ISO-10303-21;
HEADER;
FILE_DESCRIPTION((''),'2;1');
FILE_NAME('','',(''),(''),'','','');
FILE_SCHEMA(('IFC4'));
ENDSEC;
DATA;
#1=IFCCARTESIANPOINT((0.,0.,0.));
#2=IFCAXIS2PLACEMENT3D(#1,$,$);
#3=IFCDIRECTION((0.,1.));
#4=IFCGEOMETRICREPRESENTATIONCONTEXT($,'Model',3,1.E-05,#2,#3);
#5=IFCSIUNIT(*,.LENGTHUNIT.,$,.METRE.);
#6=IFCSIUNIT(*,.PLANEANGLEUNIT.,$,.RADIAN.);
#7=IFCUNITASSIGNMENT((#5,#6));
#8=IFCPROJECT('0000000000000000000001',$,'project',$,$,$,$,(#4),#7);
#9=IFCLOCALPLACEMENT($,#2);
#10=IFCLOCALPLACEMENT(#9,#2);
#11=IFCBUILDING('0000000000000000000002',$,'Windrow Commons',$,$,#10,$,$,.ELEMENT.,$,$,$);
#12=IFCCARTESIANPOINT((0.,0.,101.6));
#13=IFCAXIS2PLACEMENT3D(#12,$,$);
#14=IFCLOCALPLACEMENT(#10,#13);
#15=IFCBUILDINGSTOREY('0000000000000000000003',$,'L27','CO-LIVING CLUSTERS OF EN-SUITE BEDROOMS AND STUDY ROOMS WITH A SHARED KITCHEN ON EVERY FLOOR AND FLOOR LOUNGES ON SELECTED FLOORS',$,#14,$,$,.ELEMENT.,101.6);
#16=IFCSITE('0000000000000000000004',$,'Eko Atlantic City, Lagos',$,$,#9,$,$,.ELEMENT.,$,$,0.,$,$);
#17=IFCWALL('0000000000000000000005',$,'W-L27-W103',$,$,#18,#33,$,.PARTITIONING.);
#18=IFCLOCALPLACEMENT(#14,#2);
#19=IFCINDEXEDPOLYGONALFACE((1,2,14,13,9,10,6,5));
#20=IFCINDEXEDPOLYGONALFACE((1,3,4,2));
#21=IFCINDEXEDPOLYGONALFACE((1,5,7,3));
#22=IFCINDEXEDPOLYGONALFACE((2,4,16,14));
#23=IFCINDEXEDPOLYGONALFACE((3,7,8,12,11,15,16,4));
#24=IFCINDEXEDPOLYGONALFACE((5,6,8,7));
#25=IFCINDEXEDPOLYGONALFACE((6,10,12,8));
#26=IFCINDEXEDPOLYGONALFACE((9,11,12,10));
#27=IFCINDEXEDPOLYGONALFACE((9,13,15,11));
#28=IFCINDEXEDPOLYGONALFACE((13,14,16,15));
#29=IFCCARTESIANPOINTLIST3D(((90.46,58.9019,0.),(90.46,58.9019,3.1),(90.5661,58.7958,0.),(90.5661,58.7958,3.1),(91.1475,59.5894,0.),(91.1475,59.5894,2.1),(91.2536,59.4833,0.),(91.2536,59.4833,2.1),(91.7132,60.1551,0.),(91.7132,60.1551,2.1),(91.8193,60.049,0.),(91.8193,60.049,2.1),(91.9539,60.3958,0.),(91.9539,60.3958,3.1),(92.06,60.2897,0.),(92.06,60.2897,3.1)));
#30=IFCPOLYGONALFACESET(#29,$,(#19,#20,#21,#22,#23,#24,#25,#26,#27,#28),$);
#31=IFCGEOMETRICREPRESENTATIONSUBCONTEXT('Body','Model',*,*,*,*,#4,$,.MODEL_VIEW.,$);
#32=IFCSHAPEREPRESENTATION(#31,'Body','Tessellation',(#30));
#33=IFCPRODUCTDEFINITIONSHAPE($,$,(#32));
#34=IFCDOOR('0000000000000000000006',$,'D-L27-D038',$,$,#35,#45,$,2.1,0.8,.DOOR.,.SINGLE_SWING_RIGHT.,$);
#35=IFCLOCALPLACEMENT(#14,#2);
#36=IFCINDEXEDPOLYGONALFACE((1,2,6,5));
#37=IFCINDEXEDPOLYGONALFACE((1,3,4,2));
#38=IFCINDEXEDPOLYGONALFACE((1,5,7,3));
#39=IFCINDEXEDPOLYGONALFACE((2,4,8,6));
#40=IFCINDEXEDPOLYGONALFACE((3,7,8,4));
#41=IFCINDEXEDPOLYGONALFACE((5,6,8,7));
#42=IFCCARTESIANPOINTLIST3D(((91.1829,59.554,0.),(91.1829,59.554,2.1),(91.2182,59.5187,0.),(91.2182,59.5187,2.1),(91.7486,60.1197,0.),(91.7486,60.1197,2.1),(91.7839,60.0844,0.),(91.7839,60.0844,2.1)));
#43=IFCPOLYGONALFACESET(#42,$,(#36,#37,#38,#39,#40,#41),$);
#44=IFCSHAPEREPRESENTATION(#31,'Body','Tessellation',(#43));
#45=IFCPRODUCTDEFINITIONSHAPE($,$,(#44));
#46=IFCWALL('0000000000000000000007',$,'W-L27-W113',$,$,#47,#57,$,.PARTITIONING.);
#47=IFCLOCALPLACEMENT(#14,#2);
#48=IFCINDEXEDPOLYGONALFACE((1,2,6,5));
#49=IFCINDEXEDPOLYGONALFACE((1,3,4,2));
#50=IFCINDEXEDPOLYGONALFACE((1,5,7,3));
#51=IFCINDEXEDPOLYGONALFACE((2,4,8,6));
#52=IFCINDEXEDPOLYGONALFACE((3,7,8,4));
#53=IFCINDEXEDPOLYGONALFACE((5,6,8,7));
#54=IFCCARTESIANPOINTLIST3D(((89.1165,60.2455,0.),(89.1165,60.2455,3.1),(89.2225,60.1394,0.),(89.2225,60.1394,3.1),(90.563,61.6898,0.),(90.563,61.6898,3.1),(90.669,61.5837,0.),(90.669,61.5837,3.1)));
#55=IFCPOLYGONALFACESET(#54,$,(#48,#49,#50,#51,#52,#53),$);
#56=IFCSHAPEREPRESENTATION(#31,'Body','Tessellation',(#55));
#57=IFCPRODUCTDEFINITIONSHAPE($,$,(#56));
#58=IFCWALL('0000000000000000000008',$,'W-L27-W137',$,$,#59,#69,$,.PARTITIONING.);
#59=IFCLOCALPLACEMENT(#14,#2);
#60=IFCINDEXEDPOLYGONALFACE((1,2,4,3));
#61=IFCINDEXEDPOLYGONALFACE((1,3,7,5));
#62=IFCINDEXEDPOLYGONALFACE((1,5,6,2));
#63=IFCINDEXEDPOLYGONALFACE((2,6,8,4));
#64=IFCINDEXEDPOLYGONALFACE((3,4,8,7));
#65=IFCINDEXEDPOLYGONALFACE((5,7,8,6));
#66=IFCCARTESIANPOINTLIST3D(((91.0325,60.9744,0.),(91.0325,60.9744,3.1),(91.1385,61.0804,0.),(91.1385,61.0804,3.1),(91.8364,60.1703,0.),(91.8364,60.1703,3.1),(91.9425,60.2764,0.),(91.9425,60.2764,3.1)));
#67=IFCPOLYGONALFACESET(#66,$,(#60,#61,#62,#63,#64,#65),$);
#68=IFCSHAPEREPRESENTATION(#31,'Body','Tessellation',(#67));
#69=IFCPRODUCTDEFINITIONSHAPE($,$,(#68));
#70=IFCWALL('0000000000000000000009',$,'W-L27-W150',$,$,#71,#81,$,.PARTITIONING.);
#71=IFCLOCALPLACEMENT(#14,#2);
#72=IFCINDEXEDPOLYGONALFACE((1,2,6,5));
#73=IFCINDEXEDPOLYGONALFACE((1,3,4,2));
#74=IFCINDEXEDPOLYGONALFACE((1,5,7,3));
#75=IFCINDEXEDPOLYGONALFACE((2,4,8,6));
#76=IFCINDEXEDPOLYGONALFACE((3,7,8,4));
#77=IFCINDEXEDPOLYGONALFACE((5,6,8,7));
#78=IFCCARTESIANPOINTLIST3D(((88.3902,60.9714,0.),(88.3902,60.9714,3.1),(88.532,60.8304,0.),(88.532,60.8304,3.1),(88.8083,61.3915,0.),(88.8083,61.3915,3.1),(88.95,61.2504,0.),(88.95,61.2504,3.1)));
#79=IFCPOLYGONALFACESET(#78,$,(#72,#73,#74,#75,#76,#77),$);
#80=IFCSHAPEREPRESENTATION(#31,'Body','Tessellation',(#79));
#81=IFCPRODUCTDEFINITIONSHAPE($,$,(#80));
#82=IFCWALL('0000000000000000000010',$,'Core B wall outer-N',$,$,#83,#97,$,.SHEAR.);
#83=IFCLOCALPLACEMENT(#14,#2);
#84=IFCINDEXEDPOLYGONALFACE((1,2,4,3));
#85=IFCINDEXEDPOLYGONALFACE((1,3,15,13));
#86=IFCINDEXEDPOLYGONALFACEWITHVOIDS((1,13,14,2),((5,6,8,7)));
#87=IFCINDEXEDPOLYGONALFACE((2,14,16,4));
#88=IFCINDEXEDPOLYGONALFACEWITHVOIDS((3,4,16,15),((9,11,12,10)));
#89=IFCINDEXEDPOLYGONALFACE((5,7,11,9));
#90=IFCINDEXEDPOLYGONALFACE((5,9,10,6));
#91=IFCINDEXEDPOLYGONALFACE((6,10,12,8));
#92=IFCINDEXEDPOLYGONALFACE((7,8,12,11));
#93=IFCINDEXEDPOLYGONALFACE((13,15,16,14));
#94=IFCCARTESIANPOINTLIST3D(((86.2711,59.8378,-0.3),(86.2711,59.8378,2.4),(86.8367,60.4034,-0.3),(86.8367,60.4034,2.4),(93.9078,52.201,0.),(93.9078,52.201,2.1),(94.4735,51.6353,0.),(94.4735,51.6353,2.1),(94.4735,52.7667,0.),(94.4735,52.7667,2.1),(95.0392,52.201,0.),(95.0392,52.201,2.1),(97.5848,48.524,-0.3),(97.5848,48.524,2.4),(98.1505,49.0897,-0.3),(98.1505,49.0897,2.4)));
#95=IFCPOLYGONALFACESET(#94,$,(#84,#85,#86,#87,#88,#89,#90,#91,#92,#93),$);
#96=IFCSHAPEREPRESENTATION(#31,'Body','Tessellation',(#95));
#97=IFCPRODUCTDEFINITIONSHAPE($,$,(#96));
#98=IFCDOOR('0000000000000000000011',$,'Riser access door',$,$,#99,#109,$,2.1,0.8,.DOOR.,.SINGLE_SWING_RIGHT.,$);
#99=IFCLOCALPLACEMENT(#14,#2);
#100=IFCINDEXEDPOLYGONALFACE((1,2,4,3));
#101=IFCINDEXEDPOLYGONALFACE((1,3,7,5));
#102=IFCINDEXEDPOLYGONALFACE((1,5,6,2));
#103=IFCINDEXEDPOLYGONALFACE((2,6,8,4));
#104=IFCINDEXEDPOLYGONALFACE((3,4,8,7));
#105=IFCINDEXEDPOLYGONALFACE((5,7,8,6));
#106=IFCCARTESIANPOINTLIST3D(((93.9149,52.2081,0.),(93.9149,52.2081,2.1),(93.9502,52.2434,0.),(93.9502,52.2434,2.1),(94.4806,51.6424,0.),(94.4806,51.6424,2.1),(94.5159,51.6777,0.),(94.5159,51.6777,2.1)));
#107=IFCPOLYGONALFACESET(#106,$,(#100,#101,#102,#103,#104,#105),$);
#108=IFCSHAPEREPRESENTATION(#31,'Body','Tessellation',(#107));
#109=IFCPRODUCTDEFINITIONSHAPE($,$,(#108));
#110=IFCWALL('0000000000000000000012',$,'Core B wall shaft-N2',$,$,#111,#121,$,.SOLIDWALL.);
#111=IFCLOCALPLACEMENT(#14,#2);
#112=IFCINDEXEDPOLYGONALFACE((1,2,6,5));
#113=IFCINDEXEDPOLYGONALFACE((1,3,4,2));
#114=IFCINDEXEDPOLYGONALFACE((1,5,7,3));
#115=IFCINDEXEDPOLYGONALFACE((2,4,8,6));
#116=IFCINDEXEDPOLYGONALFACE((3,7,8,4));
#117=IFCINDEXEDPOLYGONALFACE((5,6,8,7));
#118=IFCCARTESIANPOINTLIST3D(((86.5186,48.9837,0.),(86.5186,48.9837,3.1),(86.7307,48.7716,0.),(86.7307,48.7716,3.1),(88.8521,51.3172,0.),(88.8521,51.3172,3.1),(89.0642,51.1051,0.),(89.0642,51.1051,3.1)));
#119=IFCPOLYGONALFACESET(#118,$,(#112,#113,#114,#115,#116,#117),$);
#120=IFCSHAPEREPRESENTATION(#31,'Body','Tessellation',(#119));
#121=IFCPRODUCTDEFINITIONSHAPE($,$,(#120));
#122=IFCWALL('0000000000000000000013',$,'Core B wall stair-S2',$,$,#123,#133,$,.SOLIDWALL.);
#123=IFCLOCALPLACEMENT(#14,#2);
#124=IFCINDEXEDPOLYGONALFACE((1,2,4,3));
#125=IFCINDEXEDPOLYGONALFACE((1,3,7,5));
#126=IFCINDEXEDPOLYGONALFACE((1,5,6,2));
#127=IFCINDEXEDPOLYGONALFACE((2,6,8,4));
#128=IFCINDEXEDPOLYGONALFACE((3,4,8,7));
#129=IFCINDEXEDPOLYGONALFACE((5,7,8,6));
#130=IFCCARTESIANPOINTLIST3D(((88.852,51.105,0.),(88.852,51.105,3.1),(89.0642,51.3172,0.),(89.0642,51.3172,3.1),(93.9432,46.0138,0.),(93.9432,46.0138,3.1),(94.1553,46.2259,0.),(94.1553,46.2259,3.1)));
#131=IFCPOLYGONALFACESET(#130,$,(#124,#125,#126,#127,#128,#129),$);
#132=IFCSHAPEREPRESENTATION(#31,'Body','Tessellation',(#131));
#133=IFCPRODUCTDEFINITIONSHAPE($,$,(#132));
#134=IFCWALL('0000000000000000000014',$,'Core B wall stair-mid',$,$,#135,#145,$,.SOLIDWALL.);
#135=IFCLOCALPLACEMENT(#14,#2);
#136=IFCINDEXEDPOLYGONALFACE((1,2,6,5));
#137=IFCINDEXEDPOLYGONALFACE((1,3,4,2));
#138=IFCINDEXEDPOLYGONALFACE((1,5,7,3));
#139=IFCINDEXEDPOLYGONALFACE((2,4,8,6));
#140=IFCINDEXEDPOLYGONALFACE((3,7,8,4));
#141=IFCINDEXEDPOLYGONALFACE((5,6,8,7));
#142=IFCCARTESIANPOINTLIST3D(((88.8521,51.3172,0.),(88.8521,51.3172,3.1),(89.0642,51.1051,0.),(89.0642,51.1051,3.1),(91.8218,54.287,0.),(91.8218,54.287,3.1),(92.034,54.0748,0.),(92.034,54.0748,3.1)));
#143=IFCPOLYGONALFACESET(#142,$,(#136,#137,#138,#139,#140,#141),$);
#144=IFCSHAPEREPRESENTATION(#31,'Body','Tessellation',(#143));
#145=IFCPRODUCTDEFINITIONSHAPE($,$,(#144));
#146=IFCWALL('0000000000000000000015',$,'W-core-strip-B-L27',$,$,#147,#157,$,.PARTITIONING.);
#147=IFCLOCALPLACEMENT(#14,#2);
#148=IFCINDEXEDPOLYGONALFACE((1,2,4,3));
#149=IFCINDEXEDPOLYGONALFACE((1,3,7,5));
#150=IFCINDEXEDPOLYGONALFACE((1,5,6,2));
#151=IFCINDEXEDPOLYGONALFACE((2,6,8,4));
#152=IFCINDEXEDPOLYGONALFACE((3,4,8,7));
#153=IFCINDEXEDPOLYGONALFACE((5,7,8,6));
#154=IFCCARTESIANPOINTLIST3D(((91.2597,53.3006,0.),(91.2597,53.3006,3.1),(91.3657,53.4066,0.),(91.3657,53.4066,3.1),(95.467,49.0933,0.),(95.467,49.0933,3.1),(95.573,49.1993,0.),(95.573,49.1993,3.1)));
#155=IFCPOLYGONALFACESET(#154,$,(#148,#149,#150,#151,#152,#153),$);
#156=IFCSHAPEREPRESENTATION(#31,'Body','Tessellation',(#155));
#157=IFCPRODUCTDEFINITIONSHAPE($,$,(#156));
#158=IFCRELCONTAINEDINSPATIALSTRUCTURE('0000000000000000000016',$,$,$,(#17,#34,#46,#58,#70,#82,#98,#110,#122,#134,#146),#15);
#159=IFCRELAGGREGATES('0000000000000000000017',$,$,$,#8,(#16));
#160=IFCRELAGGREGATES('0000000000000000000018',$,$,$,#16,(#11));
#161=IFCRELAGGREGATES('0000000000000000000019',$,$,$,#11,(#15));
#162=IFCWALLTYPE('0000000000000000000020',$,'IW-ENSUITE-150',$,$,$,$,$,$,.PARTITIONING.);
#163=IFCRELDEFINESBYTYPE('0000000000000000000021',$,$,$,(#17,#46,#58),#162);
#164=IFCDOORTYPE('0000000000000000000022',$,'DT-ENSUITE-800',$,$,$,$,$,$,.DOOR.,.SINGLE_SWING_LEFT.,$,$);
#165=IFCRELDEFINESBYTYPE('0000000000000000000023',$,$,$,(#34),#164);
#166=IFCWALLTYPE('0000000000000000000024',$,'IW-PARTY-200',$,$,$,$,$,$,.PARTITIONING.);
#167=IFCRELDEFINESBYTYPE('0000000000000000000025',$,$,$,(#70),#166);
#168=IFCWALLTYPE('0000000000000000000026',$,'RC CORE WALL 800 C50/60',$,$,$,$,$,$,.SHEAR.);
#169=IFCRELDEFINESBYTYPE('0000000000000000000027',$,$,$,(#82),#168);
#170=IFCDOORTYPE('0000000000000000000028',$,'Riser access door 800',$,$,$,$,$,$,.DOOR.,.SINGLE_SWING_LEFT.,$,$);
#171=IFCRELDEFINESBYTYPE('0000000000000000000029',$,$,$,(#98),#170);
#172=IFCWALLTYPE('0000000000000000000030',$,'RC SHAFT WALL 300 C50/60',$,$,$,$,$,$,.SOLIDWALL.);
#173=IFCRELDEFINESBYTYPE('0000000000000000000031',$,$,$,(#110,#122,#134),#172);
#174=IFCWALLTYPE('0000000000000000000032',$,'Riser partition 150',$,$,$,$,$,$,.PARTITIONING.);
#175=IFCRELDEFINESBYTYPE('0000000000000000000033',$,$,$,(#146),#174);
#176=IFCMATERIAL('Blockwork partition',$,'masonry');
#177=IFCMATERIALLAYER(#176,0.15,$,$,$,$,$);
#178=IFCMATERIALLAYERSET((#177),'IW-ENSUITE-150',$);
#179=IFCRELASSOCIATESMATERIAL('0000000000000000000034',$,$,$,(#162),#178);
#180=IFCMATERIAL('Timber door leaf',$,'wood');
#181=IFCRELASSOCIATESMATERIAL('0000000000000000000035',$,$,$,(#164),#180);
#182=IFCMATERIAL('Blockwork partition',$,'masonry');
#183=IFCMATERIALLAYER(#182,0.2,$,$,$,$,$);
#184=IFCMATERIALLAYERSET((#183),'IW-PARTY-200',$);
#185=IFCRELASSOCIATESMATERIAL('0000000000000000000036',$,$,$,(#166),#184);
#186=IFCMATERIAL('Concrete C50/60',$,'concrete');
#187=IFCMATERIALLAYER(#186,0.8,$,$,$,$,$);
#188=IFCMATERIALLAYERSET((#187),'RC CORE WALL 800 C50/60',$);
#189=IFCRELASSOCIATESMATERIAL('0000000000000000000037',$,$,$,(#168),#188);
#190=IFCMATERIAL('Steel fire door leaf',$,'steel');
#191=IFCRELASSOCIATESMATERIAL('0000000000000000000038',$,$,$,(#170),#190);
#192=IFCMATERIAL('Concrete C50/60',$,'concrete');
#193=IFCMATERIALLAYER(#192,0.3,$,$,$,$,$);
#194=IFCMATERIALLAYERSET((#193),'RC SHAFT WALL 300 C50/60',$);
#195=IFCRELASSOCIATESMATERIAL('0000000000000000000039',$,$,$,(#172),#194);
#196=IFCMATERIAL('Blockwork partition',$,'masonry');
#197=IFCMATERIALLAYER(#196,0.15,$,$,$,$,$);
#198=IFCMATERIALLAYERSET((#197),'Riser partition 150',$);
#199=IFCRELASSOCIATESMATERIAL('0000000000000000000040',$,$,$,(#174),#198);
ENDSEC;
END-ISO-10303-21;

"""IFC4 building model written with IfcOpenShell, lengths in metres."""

from ifc_helpers import new_model, si_unit, direction, frame, frame_2d, origin, place, context, subcontext, project, spatial, rectangle, extrude, material, layer, layer_set, type_object, element, fill, save


model = new_model("IFC4")

# Units and contexts
model_context = context("Model", 3, precision=1e-05, world=origin(), true_north=direction((0.0, 1.0)))
body_context = subcontext(model_context, "Body", "Model", "MODEL_VIEW")
ifc_project = project(units=[si_unit("LENGTHUNIT", "METRE"), si_unit("PLANEANGLEUNIT", "RADIAN")], contexts=[model_context])

# Site, building, storey
site_placement = place(None, origin())
site = spatial("IfcSite", under=ifc_project, at=site_placement, Name="Eko Atlantic City, Lagos", CompositionType="ELEMENT", RefElevation=0.0)
building_placement = place(site_placement, origin())
building = spatial("IfcBuilding", under=site, at=building_placement, Name="Windrow Commons", CompositionType="ELEMENT")
storey_placement = place(building_placement, frame((0.0, 0.0, 101.6)))
storey = spatial("IfcBuildingStorey", under=building, at=storey_placement, Name="L27", Description="CO-LIVING CLUSTERS OF EN-SUITE BEDROOMS AND STUDY ROOMS WITH A SHARED KITCHEN ON EVERY FLOOR AND FLOOR LOUNGES ON SELECTED FLOORS", CompositionType="ELEMENT", Elevation=101.6)

# Wall, opening, door
ifc_material_1 = material(Name="Blockwork partition", Category="masonry")
ifc_layer_1 = layer(ifc_material_1, 0.15)
ifc_layer_set_1 = layer_set([ifc_layer_1], Name="IW-ENSUITE-150")
wall_type_1 = type_object("IfcWallType", Name="IW-ENSUITE-150", PredefinedType="PARTITIONING", material=ifc_layer_set_1)
wall_1_placement = place(storey_placement, frame((90.5131, 58.8489, 0.0), z_axis=(0.0, 0.0, 1.0), x_axis=(0.707107, 0.707107, 0.0)))
wall_1 = element("IfcWall", 1, at=wall_1_placement, inside=storey, type_object=wall_type_1, Name="W-L27-W103", PredefinedType="PARTITIONING", context=body_context, shape_type="SweptSolid", body=[
    extrude(rectangle(XDim=2.1127, YDim=0.15, at=frame_2d((1.0563, 0.0))), origin(), (0.0, 0.0, 1.0), 3.1),
])
opening_1_placement = place(wall_1_placement, frame((0.9722, 0.0, 0.0)))
opening_1 = element("IfcOpeningElement", 2, at=opening_1_placement, cuts=wall_1, PredefinedType="OPENING", context=body_context, shape_type="SweptSolid", body=[
    extrude(rectangle(XDim=0.8, YDim=2.1, at=frame_2d((0.4, 1.05))), frame((0.0, 0.085, 0.0), z_axis=(0.0, -1.0, 0.0), x_axis=(1.0, 0.0, 0.0)), (0.0, 0.0, 1.0), 0.17),
])
ifc_material_2 = material(Name="Timber door leaf", Category="wood")
door_type_1 = type_object("IfcDoorType", Name="DT-ENSUITE-800", OperationType="SINGLE_SWING_LEFT", PredefinedType="DOOR", material=ifc_material_2)
door_1_placement = place(opening_1_placement, origin())
door_1 = element("IfcDoor", 3, at=door_1_placement, inside=storey, type_object=door_type_1, Name="D-L27-D038", OperationType="SINGLE_SWING_RIGHT", OverallHeight=2.1, OverallWidth=0.8, PredefinedType="DOOR", context=body_context, shape_type="SweptSolid", body=[
    extrude(rectangle(XDim=0.8, YDim=2.1, at=frame_2d((0.4, 1.05))), frame((0.0, 0.025, 0.0), z_axis=(0.0, -1.0, 0.0), x_axis=(1.0, 0.0, 0.0)), (0.0, 0.0, 1.0), 0.05),
])
fill(opening_1, door_1)

# Walls
wall_2_placement = place(storey_placement, frame((89.1695, 60.1925, 0.0), z_axis=(0.0, 0.0, 1.0), x_axis=(0.707645, 0.706568, 0.0)))
element("IfcWall", 4, at=wall_2_placement, inside=storey, type_object=wall_type_1, Name="W-L27-W113", PredefinedType="PARTITIONING", context=body_context, shape_type="SweptSolid", body=[
    extrude(rectangle(XDim=2.0441, YDim=0.15, at=frame_2d((1.022, 0.0))), origin(), (0.0, 0.0, 1.0), 3.1),
])
wall_3_placement = place(storey_placement, frame((91.0855, 61.0274, 0.0), z_axis=(0.0, 0.0, 1.0), x_axis=(0.707063, -0.707151, 0.0)))
element("IfcWall", 5, at=wall_3_placement, inside=storey, type_object=wall_type_1, Name="W-L27-W137", PredefinedType="PARTITIONING", context=body_context, shape_type="SweptSolid", body=[
    extrude(rectangle(XDim=1.137, YDim=0.15, at=frame_2d((0.5685, 0.0))), origin(), (0.0, 0.0, 1.0), 3.1),
])
ifc_material_3 = material(Name="Blockwork partition", Category="masonry")
ifc_layer_2 = layer(ifc_material_3, 0.2)
ifc_layer_set_2 = layer_set([ifc_layer_2], Name="IW-PARTY-200")
wall_type_2 = type_object("IfcWallType", Name="IW-PARTY-200", PredefinedType="PARTITIONING", material=ifc_layer_set_2)
wall_4_placement = place(storey_placement, frame((88.4611, 60.9009, 0.0), z_axis=(0.0, 0.0, 1.0), x_axis=(0.705417, 0.708792, 0.0)))
element("IfcWall", 6, at=wall_4_placement, inside=storey, type_object=wall_type_2, Name="W-L27-W150", PredefinedType="PARTITIONING", context=body_context, shape_type="SweptSolid", body=[
    extrude(rectangle(XDim=0.5926, YDim=0.2, at=frame_2d((0.2963, 0.0))), origin(), (0.0, 0.0, 1.0), 3.1),
])

# Wall, opening, door
ifc_material_4 = material(Name="Concrete C50/60", Category="concrete")
ifc_layer_3 = layer(ifc_material_4, 0.8)
ifc_layer_set_3 = layer_set([ifc_layer_3], Name="RC CORE WALL 800 C50/60")
wall_type_3 = type_object("IfcWallType", Name="RC CORE WALL 800 C50/60", PredefinedType="SHEAR", material=ifc_layer_set_3)
wall_5_placement = place(storey_placement, frame((86.5539, 60.1206, -0.3), z_axis=(0.0, 0.0, 1.0), x_axis=(0.707107, -0.707107, 0.0)))
wall_5 = element("IfcWall", 7, at=wall_5_placement, inside=storey, type_object=wall_type_3, Name="Core B wall outer-N", PredefinedType="SHEAR", context=body_context, shape_type="SweptSolid", body=[
    extrude(rectangle(XDim=16.0, YDim=0.8, at=frame_2d((8.0, 0.0))), origin(), (0.0, 0.0, 1.0), 2.7),
])
opening_2_placement = place(wall_5_placement, frame((10.8, 0.0, 0.3)))
opening_2 = element("IfcOpeningElement", 8, at=opening_2_placement, cuts=wall_5, PredefinedType="OPENING", context=body_context, shape_type="SweptSolid", body=[
    extrude(rectangle(XDim=0.8, YDim=2.1, at=frame_2d((0.4, 1.05))), frame((0.0, 0.41, 0.0), z_axis=(0.0, -1.0, 0.0), x_axis=(1.0, 0.0, 0.0)), (0.0, 0.0, 1.0), 0.82),
])
ifc_material_5 = material(Name="Steel fire door leaf", Category="steel")
door_type_2 = type_object("IfcDoorType", Name="Riser access door 800", OperationType="SINGLE_SWING_LEFT", PredefinedType="DOOR", material=ifc_material_5)
door_2_placement = place(opening_2_placement, origin())
door_2 = element("IfcDoor", 9, at=door_2_placement, inside=storey, type_object=door_type_2, Name="Riser access door", OperationType="SINGLE_SWING_RIGHT", OverallHeight=2.1, OverallWidth=0.8, PredefinedType="DOOR", context=body_context, shape_type="SweptSolid", body=[
    extrude(rectangle(XDim=0.8, YDim=2.1, at=frame_2d((0.4, 1.05))), frame((0.0, -0.34, 0.0), z_axis=(0.0, -1.0, 0.0), x_axis=(1.0, 0.0, 0.0)), (0.0, 0.0, 1.0), 0.05),
])
fill(opening_2, door_2)

# Walls
ifc_material_6 = material(Name="Concrete C50/60", Category="concrete")
ifc_layer_4 = layer(ifc_material_6, 0.3)
ifc_layer_set_4 = layer_set([ifc_layer_4], Name="RC SHAFT WALL 300 C50/60")
wall_type_4 = type_object("IfcWallType", Name="RC SHAFT WALL 300 C50/60", PredefinedType="SOLIDWALL", material=ifc_layer_set_4)
wall_6_placement = place(storey_placement, frame((86.6246, 48.8776, 0.0), z_axis=(0.0, 0.0, 1.0), x_axis=(0.707107, 0.707107, 0.0)))
element("IfcWall", 10, at=wall_6_placement, inside=storey, type_object=wall_type_4, Name="Core B wall shaft-N2", PredefinedType="SOLIDWALL", context=body_context, shape_type="SweptSolid", body=[
    extrude(rectangle(XDim=3.3001, YDim=0.3, at=frame_2d((1.6501, 0.0))), origin(), (0.0, 0.0, 1.0), 3.1),
])
wall_7_placement = place(storey_placement, frame((88.9581, 51.2111, 0.0), z_axis=(0.0, 0.0, 1.0), x_axis=(0.7071, -0.707114, 0.0)))
element("IfcWall", 11, at=wall_7_placement, inside=storey, type_object=wall_type_4, Name="Core B wall stair-S2", PredefinedType="SOLIDWALL", context=body_context, shape_type="SweptSolid", body=[
    extrude(rectangle(XDim=7.2, YDim=0.3, at=frame_2d((3.6, 0.0))), origin(), (0.0, 0.0, 1.0), 3.1),
])
wall_8_placement = place(storey_placement, frame((88.9581, 51.2111, 0.0), z_axis=(0.0, 0.0, 1.0), x_axis=(0.707107, 0.707107, 0.0)))
element("IfcWall", 12, at=wall_8_placement, inside=storey, type_object=wall_type_4, Name="Core B wall stair-mid", PredefinedType="SOLIDWALL", context=body_context, shape_type="SweptSolid", body=[
    extrude(rectangle(XDim=4.1999, YDim=0.3, at=frame_2d((2.1, 0.0))), origin(), (0.0, 0.0, 1.0), 3.1),
])
ifc_material_7 = material(Name="Blockwork partition", Category="masonry")
ifc_layer_5 = layer(ifc_material_7, 0.15)
ifc_layer_set_5 = layer_set([ifc_layer_5], Name="Riser partition 150")
wall_type_5 = type_object("IfcWallType", Name="Riser partition 150", PredefinedType="PARTITIONING", material=ifc_layer_set_5)
wall_9_placement = place(storey_placement, frame((91.3127, 53.3536, 0.0), z_axis=(0.0, 0.0, 1.0), x_axis=(0.707107, -0.707107, 0.0)))
element("IfcWall", 13, at=wall_9_placement, inside=storey, type_object=wall_type_5, Name="W-core-strip-B-L27", PredefinedType="PARTITIONING", context=body_context, shape_type="SweptSolid", body=[
    extrude(rectangle(XDim=5.95, YDim=0.15, at=frame_2d((2.975, 0.0))), origin(), (0.0, 0.0, 1.0), 3.1),
])

save(model, "model.ifc")
